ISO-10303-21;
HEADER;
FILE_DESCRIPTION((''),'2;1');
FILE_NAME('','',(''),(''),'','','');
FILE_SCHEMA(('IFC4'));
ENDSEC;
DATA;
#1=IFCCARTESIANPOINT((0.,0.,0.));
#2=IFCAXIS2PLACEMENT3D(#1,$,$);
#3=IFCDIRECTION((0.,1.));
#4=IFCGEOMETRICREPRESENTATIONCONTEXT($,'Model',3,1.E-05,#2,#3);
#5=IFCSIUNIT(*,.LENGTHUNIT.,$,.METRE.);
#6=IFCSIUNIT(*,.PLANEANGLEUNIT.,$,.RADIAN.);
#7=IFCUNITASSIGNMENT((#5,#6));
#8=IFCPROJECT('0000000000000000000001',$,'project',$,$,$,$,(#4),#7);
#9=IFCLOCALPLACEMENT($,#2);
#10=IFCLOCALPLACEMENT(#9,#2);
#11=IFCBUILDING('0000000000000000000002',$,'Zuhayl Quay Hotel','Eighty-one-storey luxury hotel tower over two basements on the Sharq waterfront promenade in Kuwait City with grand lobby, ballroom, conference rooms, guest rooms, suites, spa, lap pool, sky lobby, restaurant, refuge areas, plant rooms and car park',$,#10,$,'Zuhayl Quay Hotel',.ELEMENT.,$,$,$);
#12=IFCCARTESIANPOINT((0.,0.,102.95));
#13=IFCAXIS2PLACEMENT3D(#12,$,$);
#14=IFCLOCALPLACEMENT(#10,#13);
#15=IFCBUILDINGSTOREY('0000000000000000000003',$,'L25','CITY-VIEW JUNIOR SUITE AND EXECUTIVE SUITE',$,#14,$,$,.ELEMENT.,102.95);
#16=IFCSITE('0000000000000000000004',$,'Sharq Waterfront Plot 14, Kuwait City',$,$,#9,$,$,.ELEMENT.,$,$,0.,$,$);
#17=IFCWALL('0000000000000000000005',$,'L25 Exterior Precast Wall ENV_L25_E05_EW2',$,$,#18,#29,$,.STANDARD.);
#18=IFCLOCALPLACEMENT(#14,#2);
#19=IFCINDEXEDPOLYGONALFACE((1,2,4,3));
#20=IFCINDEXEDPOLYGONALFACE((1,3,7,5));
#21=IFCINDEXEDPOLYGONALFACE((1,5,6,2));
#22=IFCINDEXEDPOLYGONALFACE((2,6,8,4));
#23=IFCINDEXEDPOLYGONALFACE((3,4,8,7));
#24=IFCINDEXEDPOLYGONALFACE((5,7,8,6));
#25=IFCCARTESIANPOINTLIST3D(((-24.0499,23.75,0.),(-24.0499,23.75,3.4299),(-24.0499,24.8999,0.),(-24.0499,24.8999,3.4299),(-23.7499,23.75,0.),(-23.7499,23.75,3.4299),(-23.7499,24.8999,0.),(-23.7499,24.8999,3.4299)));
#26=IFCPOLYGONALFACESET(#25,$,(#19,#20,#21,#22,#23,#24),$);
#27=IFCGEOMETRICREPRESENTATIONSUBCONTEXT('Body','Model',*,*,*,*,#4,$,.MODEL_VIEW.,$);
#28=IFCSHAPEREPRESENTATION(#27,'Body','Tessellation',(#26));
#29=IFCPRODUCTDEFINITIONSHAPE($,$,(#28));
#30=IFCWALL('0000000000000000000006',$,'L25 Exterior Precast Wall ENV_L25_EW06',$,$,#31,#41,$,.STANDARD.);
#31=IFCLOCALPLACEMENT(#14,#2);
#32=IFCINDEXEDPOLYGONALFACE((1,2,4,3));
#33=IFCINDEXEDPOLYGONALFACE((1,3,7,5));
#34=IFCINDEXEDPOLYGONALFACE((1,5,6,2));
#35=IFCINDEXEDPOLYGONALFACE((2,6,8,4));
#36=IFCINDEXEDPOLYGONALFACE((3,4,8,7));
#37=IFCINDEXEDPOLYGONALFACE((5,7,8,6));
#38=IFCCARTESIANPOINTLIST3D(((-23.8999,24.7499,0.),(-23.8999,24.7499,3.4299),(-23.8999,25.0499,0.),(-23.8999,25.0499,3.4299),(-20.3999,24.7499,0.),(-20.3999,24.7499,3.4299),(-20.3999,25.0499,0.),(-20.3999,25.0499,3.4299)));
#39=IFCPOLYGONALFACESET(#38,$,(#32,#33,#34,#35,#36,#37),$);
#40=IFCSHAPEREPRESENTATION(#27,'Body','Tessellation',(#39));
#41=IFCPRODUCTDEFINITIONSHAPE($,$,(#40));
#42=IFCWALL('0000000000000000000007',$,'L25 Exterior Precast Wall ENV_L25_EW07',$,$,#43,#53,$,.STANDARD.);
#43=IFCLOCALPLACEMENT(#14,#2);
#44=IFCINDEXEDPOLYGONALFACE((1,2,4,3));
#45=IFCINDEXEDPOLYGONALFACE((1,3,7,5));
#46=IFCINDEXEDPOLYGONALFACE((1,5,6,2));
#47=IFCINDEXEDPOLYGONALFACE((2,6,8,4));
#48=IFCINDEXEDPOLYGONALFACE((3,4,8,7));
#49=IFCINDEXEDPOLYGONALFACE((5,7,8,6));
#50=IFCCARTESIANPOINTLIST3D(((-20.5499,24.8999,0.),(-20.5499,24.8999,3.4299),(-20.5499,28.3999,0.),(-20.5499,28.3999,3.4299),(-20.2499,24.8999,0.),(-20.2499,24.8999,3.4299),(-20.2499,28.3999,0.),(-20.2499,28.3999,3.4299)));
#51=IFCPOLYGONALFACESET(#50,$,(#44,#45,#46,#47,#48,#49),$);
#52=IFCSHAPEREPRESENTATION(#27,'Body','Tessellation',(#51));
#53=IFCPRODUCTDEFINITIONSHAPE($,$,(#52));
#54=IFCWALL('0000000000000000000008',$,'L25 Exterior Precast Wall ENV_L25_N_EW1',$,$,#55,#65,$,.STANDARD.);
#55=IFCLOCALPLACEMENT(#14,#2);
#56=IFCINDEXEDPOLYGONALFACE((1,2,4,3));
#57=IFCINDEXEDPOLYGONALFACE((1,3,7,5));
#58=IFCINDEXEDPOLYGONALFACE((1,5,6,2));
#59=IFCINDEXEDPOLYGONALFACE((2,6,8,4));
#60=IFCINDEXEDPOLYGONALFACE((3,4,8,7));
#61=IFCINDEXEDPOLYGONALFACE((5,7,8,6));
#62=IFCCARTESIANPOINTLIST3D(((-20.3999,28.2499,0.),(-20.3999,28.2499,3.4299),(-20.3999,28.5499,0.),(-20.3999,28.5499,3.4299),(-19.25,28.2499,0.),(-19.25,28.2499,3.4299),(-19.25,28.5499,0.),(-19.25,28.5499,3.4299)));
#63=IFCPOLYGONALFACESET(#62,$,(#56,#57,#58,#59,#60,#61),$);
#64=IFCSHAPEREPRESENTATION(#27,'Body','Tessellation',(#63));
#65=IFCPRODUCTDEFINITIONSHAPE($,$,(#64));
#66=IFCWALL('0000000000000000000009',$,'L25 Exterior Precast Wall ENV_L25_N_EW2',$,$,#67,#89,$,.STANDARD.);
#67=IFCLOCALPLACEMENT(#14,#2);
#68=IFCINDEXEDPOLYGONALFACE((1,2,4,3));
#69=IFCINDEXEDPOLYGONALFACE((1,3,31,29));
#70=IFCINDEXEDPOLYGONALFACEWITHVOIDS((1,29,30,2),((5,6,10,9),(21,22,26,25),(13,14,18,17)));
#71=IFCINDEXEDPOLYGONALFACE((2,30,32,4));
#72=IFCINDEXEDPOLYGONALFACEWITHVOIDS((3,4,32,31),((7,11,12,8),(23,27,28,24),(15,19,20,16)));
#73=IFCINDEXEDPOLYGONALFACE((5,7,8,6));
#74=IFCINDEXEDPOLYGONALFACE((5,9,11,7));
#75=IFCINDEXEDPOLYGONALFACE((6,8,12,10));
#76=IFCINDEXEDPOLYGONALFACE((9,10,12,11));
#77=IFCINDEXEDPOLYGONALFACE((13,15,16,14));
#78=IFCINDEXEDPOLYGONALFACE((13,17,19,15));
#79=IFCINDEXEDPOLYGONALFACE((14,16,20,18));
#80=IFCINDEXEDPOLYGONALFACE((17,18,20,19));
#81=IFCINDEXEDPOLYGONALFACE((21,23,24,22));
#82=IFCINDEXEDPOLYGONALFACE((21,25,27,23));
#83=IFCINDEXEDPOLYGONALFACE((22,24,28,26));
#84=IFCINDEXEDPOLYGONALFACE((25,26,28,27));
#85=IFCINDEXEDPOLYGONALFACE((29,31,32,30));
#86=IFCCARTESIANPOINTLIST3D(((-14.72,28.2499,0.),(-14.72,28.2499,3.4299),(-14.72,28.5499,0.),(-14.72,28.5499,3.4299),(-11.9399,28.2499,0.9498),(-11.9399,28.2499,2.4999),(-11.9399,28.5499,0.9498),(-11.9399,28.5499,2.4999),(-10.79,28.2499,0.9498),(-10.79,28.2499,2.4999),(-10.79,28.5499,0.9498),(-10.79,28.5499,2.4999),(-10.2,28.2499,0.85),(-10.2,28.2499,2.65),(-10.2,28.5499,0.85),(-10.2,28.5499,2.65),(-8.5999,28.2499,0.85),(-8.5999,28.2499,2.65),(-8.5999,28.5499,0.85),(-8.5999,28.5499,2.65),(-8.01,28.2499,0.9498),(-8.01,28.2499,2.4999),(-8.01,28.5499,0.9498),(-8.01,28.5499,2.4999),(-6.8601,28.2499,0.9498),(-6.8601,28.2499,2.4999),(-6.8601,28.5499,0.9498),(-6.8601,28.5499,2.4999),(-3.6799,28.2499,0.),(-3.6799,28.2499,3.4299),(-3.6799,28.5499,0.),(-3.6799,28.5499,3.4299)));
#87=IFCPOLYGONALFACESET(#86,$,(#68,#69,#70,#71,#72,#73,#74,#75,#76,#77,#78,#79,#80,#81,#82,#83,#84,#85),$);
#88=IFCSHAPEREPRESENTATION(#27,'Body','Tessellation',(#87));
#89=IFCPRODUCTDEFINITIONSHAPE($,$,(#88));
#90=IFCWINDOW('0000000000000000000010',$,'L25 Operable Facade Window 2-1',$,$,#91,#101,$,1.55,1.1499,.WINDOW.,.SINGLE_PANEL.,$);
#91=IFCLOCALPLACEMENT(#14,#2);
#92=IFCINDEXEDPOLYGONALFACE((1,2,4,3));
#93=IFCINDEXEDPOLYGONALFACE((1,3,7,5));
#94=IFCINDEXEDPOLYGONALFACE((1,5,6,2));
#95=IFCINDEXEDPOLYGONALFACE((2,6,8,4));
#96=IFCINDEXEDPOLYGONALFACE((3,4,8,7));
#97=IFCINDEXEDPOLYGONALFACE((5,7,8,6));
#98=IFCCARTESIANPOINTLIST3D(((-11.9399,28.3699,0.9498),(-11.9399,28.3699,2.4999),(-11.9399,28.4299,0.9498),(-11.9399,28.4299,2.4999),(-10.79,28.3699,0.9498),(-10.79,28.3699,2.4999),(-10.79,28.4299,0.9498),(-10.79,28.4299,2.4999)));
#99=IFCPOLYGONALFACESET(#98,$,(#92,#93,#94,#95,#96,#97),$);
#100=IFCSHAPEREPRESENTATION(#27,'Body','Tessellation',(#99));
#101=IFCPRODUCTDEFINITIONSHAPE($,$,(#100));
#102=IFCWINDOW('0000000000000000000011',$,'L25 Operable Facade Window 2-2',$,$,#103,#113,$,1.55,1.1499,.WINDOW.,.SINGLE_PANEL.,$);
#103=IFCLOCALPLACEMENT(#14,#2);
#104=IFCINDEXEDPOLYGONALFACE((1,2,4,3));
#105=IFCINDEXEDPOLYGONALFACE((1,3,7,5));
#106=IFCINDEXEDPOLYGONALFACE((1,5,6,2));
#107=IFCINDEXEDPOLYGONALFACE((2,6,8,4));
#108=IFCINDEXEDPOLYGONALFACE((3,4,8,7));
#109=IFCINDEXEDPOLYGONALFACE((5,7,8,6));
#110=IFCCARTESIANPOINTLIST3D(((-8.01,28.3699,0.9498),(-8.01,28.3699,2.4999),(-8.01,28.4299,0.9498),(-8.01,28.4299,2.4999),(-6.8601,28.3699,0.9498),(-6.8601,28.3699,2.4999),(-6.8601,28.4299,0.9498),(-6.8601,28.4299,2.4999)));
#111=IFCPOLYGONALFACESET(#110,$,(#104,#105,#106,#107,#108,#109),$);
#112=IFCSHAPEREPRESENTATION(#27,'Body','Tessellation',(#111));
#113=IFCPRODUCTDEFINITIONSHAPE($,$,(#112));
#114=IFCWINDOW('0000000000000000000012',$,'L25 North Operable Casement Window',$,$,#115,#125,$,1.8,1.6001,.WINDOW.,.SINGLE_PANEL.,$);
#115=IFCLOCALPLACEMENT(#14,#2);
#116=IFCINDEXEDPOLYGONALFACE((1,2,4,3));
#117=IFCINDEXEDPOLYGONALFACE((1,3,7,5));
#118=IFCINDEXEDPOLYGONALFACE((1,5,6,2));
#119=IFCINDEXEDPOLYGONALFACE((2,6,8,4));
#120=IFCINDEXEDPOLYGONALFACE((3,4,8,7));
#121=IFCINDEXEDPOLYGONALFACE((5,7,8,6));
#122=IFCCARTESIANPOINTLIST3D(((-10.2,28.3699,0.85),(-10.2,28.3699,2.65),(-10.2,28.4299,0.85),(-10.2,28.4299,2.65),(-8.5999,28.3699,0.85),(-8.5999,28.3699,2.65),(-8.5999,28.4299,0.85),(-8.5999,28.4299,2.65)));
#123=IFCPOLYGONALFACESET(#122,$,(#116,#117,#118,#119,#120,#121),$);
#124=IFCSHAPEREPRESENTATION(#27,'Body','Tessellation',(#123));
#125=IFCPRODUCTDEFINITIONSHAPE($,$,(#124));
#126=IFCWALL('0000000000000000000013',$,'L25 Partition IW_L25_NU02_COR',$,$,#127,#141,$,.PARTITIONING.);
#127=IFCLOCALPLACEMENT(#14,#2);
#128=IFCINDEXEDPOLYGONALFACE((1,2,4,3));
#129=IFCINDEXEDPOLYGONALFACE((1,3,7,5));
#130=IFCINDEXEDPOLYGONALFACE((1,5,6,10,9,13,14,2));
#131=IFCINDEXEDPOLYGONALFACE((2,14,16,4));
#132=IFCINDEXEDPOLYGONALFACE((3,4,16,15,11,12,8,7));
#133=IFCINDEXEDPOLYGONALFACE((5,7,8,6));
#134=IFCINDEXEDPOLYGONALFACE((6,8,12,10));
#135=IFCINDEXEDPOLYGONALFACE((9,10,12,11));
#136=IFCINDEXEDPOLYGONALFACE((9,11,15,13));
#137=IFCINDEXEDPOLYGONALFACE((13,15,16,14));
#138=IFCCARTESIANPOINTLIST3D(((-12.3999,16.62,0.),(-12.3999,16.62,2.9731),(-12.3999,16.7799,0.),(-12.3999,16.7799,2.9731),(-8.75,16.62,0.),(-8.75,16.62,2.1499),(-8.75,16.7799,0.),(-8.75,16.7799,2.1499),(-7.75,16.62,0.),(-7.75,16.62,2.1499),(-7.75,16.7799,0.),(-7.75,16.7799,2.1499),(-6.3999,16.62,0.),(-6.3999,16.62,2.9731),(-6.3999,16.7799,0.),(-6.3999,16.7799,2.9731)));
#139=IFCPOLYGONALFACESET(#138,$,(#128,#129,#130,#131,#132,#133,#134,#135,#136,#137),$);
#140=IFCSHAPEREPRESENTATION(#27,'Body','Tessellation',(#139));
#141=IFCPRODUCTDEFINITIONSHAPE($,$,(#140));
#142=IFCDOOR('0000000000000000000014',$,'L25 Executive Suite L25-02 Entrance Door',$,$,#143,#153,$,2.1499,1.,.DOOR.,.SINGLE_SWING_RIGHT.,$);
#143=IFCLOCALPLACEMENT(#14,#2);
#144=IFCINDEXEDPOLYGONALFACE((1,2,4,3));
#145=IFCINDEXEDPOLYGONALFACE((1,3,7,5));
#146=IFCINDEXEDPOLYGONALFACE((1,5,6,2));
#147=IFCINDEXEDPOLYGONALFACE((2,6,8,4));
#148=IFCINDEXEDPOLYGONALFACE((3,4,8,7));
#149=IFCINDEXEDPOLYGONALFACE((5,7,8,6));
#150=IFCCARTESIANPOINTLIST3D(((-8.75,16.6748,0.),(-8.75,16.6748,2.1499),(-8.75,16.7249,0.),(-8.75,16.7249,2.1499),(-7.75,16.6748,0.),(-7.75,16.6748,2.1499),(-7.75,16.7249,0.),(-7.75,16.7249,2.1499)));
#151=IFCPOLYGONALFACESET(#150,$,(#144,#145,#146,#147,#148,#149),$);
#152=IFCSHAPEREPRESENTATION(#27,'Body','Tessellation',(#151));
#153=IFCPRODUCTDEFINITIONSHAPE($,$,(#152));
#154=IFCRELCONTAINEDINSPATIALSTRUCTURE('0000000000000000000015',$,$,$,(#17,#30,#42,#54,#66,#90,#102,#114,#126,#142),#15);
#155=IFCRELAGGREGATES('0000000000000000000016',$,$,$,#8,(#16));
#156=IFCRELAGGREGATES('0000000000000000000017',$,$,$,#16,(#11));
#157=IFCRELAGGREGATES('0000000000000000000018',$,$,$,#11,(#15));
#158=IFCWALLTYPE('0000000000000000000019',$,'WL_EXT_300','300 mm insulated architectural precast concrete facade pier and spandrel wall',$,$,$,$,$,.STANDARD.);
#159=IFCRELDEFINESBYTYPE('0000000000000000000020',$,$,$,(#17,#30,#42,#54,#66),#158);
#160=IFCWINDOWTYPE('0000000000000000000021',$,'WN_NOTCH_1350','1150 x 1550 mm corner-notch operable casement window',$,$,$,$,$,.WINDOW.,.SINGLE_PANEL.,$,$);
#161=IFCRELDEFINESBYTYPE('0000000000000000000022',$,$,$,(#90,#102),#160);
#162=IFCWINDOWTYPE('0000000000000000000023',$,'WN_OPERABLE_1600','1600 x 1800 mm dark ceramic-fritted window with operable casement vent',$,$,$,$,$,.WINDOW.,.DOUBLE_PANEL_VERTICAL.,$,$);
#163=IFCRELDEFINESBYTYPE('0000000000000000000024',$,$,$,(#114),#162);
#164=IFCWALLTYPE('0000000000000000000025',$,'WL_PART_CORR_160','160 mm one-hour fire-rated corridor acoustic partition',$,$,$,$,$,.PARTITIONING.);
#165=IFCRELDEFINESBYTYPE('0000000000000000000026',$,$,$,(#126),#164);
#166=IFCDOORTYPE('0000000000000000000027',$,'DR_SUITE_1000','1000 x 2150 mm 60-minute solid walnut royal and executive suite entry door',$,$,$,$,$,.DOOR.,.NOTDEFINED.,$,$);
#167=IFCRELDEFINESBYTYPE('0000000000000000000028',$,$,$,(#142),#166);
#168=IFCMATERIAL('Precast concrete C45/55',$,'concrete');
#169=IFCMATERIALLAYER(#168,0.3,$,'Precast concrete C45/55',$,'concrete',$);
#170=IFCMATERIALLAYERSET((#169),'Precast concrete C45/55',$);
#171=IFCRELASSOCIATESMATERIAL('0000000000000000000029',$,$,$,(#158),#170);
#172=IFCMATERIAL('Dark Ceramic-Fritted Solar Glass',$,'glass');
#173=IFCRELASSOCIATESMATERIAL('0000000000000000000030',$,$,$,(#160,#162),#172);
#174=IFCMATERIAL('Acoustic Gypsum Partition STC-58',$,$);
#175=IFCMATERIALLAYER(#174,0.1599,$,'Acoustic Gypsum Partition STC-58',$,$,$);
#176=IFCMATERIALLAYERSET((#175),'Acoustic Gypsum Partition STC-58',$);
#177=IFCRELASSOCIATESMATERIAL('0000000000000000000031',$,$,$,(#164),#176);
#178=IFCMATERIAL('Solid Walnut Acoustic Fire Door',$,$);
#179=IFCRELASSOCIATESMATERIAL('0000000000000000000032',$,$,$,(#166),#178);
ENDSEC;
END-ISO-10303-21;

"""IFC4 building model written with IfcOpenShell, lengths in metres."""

from ifc_helpers import new_model, si_unit, direction, frame, frame_2d, origin, place, context, subcontext, project, spatial, rectangle, extrude, material, layer, layer_set, type_object, element, fill, save


model = new_model("IFC4")

# Units and contexts
model_context = context("Model", 3, precision=1e-05, world=origin(), true_north=direction((0.0, 1.0)))
body_context = subcontext(model_context, "Body", "Model", "MODEL_VIEW")
ifc_project = project(units=[si_unit("LENGTHUNIT", "METRE"), si_unit("PLANEANGLEUNIT", "RADIAN")], contexts=[model_context])

# Site, building, storey
site_placement = place(None, origin())
site = spatial("IfcSite", under=ifc_project, at=site_placement, Name="Sharq Waterfront Plot 14, Kuwait City", CompositionType="ELEMENT", RefElevation=0.0)
building_placement = place(site_placement, origin())
building = spatial("IfcBuilding", under=site, at=building_placement, Name="Zuhayl Quay Hotel", Description="Eighty-one-storey luxury hotel tower over two basements on the Sharq waterfront promenade in Kuwait City with grand lobby, ballroom, conference rooms, guest rooms, suites, spa, lap pool, sky lobby, restaurant, refuge areas, plant rooms and car park", LongName="Zuhayl Quay Hotel", CompositionType="ELEMENT")
storey_placement = place(building_placement, frame((0.0, 0.0, 102.95)))
storey = spatial("IfcBuildingStorey", under=building, at=storey_placement, Name="L25", Description="CITY-VIEW JUNIOR SUITE AND EXECUTIVE SUITE", CompositionType="ELEMENT", Elevation=102.95)

# Shared definitions
ifc_material_1 = material(Name="Dark Ceramic-Fritted Solar Glass", Category="glass")

# Walls
ifc_material_2 = material(Name="Precast concrete C45/55", Category="concrete")
ifc_layer_1 = layer(ifc_material_2, 0.3, Name="Precast concrete C45/55", Category="concrete")
ifc_layer_set_1 = layer_set([ifc_layer_1], Name="Precast concrete C45/55")
wall_type_1 = type_object("IfcWallType", Name="WL_EXT_300", Description="300 mm insulated architectural precast concrete facade pier and spandrel wall", PredefinedType="STANDARD", material=ifc_layer_set_1)
wall_1_placement = place(storey_placement, frame((-23.8999, 23.75, 0.0), z_axis=(0.0, 0.0, 1.0), x_axis=(0.0, 1.0, 0.0)))
element("IfcWall", 1, at=wall_1_placement, inside=storey, type_object=wall_type_1, Name="L25 Exterior Precast Wall ENV_L25_E05_EW2", PredefinedType="STANDARD", context=body_context, shape_type="SweptSolid", body=[
    extrude(rectangle(XDim=1.1499, YDim=0.3, at=frame_2d((0.575, 0.0))), origin(), (0.0, 0.0, 1.0), 3.4299),
])
for number, where, z_axis, x_axis, name in (
    (2, (-23.8999, 24.8999, 0.0), (0.0, 0.0, 1.0), (1.0, 0.0, 0.0), "L25 Exterior Precast Wall ENV_L25_EW06"),
    (3, (-20.3999, 24.8999, 0.0), (0.0, 0.0, 1.0), (0.0, 1.0, 0.0), "L25 Exterior Precast Wall ENV_L25_EW07"),
):
    element("IfcWall", number, at=place(storey_placement, frame(where, z_axis=z_axis, x_axis=x_axis)), inside=storey, type_object=wall_type_1, Name=name, PredefinedType="STANDARD", context=body_context, shape_type="SweptSolid", body=[
        extrude(rectangle(XDim=3.5, YDim=0.3, at=frame_2d((1.75, 0.0))), origin(), (0.0, 0.0, 1.0), 3.4299),
    ])
wall_2_placement = place(storey_placement, frame((-20.3999, 28.3999, 0.0), z_axis=(0.0, 0.0, 1.0), x_axis=(1.0, 0.0, 0.0)))
element("IfcWall", 4, at=wall_2_placement, inside=storey, type_object=wall_type_1, Name="L25 Exterior Precast Wall ENV_L25_N_EW1", PredefinedType="STANDARD", context=body_context, shape_type="SweptSolid", body=[
    extrude(rectangle(XDim=1.1499, YDim=0.3, at=frame_2d((0.575, 0.0))), origin(), (0.0, 0.0, 1.0), 3.4299),
])

# Wall, openings, windows
wall_3_placement = place(storey_placement, frame((-14.72, 28.3999, 0.0), z_axis=(0.0, 0.0, 1.0), x_axis=(1.0, 0.0, 0.0)))
wall_3 = element("IfcWall", 5, at=wall_3_placement, inside=storey, type_object=wall_type_1, Name="L25 Exterior Precast Wall ENV_L25_N_EW2", PredefinedType="STANDARD", context=body_context, shape_type="SweptSolid", body=[
    extrude(rectangle(XDim=11.04, YDim=0.3, at=frame_2d((5.52, 0.0))), origin(), (0.0, 0.0, 1.0), 3.4299),
])
opening_1_placement = place(wall_3_placement, frame((4.52, 0.0, 0.8501)))
opening_1 = element("IfcOpeningElement", 6, at=opening_1_placement, cuts=wall_3, PredefinedType="OPENING", context=body_context, shape_type="SweptSolid", body=[
    extrude(rectangle(XDim=1.6001, YDim=1.8, at=frame_2d((0.8, 0.8999))), frame((0.0, 0.1599, 0.0), z_axis=(0.0, -1.0, 0.0), x_axis=(1.0, 0.0, 0.0)), (0.0, 0.0, 1.0), 0.3201),
])
opening_2_placement = place(wall_3_placement, frame((2.78, 0.0, 0.95)))
opening_2 = element("IfcOpeningElement", 7, at=opening_2_placement, cuts=wall_3, PredefinedType="OPENING", context=body_context, shape_type="SweptSolid", body=[
    extrude(rectangle(XDim=1.1499, YDim=1.55, at=frame_2d((0.575, 0.7749))), frame((0.0, 0.1599, 0.0), z_axis=(0.0, -1.0, 0.0), x_axis=(1.0, 0.0, 0.0)), (0.0, 0.0, 1.0), 0.3201),
])
opening_3_placement = place(wall_3_placement, frame((6.71, 0.0, 0.95)))
opening_3 = element("IfcOpeningElement", 8, at=opening_3_placement, cuts=wall_3, PredefinedType="OPENING", context=body_context, shape_type="SweptSolid", body=[
    extrude(rectangle(XDim=1.1499, YDim=1.55, at=frame_2d((0.575, 0.7749))), frame((0.0, 0.1599, 0.0), z_axis=(0.0, -1.0, 0.0), x_axis=(1.0, 0.0, 0.0)), (0.0, 0.0, 1.0), 0.3201),
])
window_type_1 = type_object("IfcWindowType", Name="WN_NOTCH_1350", Description="1150 x 1550 mm corner-notch operable casement window", PartitioningType="SINGLE_PANEL", PredefinedType="WINDOW", material=ifc_material_1)
window_1_placement = place(opening_2_placement, origin())
window_1 = element("IfcWindow", 9, at=window_1_placement, inside=storey, type_object=window_type_1, Name="L25 Operable Facade Window 2-1", OverallHeight=1.55, OverallWidth=1.1499, PartitioningType="SINGLE_PANEL", PredefinedType="WINDOW", context=body_context, shape_type="SweptSolid", body=[
    extrude(rectangle(XDim=1.1499, YDim=1.55, at=frame_2d((0.575, 0.7749))), frame((0.0, 0.03, 0.0), z_axis=(0.0, -1.0, 0.0), x_axis=(1.0, 0.0, 0.0)), (0.0, 0.0, 1.0), 0.0601),
])
fill(opening_2, window_1)
window_2_placement = place(opening_3_placement, origin())
window_2 = element("IfcWindow", 10, at=window_2_placement, inside=storey, type_object=window_type_1, Name="L25 Operable Facade Window 2-2", OverallHeight=1.55, OverallWidth=1.1499, PartitioningType="SINGLE_PANEL", PredefinedType="WINDOW", context=body_context, shape_type="SweptSolid", body=[
    extrude(rectangle(XDim=1.1499, YDim=1.55, at=frame_2d((0.575, 0.7749))), frame((0.0, 0.03, 0.0), z_axis=(0.0, -1.0, 0.0), x_axis=(1.0, 0.0, 0.0)), (0.0, 0.0, 1.0), 0.0601),
])
fill(opening_3, window_2)
window_type_2 = type_object("IfcWindowType", Name="WN_OPERABLE_1600", Description="1600 x 1800 mm dark ceramic-fritted window with operable casement vent", PartitioningType="DOUBLE_PANEL_VERTICAL", PredefinedType="WINDOW", material=ifc_material_1)
window_3_placement = place(opening_1_placement, origin())
window_3 = element("IfcWindow", 11, at=window_3_placement, inside=storey, type_object=window_type_2, Name="L25 North Operable Casement Window", OverallHeight=1.8, OverallWidth=1.6001, PartitioningType="SINGLE_PANEL", PredefinedType="WINDOW", context=body_context, shape_type="SweptSolid", body=[
    extrude(rectangle(XDim=1.6001, YDim=1.8, at=frame_2d((0.8, 0.8999))), frame((0.0, 0.03, 0.0), z_axis=(0.0, -1.0, 0.0), x_axis=(1.0, 0.0, 0.0)), (0.0, 0.0, 1.0), 0.0601),
])
fill(opening_1, window_3)

# Wall, opening, door
ifc_material_3 = material(Name="Acoustic Gypsum Partition STC-58")
ifc_layer_2 = layer(ifc_material_3, 0.1599, Name="Acoustic Gypsum Partition STC-58")
ifc_layer_set_2 = layer_set([ifc_layer_2], Name="Acoustic Gypsum Partition STC-58")
wall_type_2 = type_object("IfcWallType", Name="WL_PART_CORR_160", Description="160 mm one-hour fire-rated corridor acoustic partition", PredefinedType="PARTITIONING", material=ifc_layer_set_2)
wall_4_placement = place(storey_placement, frame((-12.3999, 16.7, 0.0), z_axis=(0.0, 0.0, 1.0), x_axis=(1.0, 0.0, 0.0)))
wall_4 = element("IfcWall", 12, at=wall_4_placement, inside=storey, type_object=wall_type_2, Name="L25 Partition IW_L25_NU02_COR", PredefinedType="PARTITIONING", context=body_context, shape_type="SweptSolid", body=[
    extrude(rectangle(XDim=6.0, YDim=0.1599, at=frame_2d((3.0, 0.0))), origin(), (0.0, 0.0, 1.0), 2.9731),
])
opening_4_placement = place(wall_4_placement, frame((3.6499, 0.0, 0.0)))
opening_4 = element("IfcOpeningElement", 13, at=opening_4_placement, cuts=wall_4, PredefinedType="OPENING", context=body_context, shape_type="SweptSolid", body=[
    extrude(rectangle(XDim=1.0, YDim=2.1499, at=frame_2d((0.5, 1.075))), frame((0.0, 0.0898, 0.0), z_axis=(0.0, -1.0, 0.0), x_axis=(1.0, 0.0, 0.0)), (0.0, 0.0, 1.0), 0.1799),
])
ifc_material_4 = material(Name="Solid Walnut Acoustic Fire Door")
door_type_1 = type_object("IfcDoorType", Name="DR_SUITE_1000", Description="1000 x 2150 mm 60-minute solid walnut royal and executive suite entry door", OperationType="NOTDEFINED", PredefinedType="DOOR", material=ifc_material_4)
door_1_placement = place(opening_4_placement, origin())
door_1 = element("IfcDoor", 14, at=door_1_placement, inside=storey, type_object=door_type_1, Name="L25 Executive Suite L25-02 Entrance Door", OperationType="SINGLE_SWING_RIGHT", OverallHeight=2.1499, OverallWidth=1.0, PredefinedType="DOOR", context=body_context, shape_type="SweptSolid", body=[
    extrude(rectangle(XDim=1.0, YDim=2.1499, at=frame_2d((0.5, 1.075))), frame((0.0, 0.0249, 0.0), z_axis=(0.0, -1.0, 0.0), x_axis=(1.0, 0.0, 0.0)), (0.0, 0.0, 1.0), 0.05),
])
fill(opening_4, door_1)

save(model, "model.ifc")
